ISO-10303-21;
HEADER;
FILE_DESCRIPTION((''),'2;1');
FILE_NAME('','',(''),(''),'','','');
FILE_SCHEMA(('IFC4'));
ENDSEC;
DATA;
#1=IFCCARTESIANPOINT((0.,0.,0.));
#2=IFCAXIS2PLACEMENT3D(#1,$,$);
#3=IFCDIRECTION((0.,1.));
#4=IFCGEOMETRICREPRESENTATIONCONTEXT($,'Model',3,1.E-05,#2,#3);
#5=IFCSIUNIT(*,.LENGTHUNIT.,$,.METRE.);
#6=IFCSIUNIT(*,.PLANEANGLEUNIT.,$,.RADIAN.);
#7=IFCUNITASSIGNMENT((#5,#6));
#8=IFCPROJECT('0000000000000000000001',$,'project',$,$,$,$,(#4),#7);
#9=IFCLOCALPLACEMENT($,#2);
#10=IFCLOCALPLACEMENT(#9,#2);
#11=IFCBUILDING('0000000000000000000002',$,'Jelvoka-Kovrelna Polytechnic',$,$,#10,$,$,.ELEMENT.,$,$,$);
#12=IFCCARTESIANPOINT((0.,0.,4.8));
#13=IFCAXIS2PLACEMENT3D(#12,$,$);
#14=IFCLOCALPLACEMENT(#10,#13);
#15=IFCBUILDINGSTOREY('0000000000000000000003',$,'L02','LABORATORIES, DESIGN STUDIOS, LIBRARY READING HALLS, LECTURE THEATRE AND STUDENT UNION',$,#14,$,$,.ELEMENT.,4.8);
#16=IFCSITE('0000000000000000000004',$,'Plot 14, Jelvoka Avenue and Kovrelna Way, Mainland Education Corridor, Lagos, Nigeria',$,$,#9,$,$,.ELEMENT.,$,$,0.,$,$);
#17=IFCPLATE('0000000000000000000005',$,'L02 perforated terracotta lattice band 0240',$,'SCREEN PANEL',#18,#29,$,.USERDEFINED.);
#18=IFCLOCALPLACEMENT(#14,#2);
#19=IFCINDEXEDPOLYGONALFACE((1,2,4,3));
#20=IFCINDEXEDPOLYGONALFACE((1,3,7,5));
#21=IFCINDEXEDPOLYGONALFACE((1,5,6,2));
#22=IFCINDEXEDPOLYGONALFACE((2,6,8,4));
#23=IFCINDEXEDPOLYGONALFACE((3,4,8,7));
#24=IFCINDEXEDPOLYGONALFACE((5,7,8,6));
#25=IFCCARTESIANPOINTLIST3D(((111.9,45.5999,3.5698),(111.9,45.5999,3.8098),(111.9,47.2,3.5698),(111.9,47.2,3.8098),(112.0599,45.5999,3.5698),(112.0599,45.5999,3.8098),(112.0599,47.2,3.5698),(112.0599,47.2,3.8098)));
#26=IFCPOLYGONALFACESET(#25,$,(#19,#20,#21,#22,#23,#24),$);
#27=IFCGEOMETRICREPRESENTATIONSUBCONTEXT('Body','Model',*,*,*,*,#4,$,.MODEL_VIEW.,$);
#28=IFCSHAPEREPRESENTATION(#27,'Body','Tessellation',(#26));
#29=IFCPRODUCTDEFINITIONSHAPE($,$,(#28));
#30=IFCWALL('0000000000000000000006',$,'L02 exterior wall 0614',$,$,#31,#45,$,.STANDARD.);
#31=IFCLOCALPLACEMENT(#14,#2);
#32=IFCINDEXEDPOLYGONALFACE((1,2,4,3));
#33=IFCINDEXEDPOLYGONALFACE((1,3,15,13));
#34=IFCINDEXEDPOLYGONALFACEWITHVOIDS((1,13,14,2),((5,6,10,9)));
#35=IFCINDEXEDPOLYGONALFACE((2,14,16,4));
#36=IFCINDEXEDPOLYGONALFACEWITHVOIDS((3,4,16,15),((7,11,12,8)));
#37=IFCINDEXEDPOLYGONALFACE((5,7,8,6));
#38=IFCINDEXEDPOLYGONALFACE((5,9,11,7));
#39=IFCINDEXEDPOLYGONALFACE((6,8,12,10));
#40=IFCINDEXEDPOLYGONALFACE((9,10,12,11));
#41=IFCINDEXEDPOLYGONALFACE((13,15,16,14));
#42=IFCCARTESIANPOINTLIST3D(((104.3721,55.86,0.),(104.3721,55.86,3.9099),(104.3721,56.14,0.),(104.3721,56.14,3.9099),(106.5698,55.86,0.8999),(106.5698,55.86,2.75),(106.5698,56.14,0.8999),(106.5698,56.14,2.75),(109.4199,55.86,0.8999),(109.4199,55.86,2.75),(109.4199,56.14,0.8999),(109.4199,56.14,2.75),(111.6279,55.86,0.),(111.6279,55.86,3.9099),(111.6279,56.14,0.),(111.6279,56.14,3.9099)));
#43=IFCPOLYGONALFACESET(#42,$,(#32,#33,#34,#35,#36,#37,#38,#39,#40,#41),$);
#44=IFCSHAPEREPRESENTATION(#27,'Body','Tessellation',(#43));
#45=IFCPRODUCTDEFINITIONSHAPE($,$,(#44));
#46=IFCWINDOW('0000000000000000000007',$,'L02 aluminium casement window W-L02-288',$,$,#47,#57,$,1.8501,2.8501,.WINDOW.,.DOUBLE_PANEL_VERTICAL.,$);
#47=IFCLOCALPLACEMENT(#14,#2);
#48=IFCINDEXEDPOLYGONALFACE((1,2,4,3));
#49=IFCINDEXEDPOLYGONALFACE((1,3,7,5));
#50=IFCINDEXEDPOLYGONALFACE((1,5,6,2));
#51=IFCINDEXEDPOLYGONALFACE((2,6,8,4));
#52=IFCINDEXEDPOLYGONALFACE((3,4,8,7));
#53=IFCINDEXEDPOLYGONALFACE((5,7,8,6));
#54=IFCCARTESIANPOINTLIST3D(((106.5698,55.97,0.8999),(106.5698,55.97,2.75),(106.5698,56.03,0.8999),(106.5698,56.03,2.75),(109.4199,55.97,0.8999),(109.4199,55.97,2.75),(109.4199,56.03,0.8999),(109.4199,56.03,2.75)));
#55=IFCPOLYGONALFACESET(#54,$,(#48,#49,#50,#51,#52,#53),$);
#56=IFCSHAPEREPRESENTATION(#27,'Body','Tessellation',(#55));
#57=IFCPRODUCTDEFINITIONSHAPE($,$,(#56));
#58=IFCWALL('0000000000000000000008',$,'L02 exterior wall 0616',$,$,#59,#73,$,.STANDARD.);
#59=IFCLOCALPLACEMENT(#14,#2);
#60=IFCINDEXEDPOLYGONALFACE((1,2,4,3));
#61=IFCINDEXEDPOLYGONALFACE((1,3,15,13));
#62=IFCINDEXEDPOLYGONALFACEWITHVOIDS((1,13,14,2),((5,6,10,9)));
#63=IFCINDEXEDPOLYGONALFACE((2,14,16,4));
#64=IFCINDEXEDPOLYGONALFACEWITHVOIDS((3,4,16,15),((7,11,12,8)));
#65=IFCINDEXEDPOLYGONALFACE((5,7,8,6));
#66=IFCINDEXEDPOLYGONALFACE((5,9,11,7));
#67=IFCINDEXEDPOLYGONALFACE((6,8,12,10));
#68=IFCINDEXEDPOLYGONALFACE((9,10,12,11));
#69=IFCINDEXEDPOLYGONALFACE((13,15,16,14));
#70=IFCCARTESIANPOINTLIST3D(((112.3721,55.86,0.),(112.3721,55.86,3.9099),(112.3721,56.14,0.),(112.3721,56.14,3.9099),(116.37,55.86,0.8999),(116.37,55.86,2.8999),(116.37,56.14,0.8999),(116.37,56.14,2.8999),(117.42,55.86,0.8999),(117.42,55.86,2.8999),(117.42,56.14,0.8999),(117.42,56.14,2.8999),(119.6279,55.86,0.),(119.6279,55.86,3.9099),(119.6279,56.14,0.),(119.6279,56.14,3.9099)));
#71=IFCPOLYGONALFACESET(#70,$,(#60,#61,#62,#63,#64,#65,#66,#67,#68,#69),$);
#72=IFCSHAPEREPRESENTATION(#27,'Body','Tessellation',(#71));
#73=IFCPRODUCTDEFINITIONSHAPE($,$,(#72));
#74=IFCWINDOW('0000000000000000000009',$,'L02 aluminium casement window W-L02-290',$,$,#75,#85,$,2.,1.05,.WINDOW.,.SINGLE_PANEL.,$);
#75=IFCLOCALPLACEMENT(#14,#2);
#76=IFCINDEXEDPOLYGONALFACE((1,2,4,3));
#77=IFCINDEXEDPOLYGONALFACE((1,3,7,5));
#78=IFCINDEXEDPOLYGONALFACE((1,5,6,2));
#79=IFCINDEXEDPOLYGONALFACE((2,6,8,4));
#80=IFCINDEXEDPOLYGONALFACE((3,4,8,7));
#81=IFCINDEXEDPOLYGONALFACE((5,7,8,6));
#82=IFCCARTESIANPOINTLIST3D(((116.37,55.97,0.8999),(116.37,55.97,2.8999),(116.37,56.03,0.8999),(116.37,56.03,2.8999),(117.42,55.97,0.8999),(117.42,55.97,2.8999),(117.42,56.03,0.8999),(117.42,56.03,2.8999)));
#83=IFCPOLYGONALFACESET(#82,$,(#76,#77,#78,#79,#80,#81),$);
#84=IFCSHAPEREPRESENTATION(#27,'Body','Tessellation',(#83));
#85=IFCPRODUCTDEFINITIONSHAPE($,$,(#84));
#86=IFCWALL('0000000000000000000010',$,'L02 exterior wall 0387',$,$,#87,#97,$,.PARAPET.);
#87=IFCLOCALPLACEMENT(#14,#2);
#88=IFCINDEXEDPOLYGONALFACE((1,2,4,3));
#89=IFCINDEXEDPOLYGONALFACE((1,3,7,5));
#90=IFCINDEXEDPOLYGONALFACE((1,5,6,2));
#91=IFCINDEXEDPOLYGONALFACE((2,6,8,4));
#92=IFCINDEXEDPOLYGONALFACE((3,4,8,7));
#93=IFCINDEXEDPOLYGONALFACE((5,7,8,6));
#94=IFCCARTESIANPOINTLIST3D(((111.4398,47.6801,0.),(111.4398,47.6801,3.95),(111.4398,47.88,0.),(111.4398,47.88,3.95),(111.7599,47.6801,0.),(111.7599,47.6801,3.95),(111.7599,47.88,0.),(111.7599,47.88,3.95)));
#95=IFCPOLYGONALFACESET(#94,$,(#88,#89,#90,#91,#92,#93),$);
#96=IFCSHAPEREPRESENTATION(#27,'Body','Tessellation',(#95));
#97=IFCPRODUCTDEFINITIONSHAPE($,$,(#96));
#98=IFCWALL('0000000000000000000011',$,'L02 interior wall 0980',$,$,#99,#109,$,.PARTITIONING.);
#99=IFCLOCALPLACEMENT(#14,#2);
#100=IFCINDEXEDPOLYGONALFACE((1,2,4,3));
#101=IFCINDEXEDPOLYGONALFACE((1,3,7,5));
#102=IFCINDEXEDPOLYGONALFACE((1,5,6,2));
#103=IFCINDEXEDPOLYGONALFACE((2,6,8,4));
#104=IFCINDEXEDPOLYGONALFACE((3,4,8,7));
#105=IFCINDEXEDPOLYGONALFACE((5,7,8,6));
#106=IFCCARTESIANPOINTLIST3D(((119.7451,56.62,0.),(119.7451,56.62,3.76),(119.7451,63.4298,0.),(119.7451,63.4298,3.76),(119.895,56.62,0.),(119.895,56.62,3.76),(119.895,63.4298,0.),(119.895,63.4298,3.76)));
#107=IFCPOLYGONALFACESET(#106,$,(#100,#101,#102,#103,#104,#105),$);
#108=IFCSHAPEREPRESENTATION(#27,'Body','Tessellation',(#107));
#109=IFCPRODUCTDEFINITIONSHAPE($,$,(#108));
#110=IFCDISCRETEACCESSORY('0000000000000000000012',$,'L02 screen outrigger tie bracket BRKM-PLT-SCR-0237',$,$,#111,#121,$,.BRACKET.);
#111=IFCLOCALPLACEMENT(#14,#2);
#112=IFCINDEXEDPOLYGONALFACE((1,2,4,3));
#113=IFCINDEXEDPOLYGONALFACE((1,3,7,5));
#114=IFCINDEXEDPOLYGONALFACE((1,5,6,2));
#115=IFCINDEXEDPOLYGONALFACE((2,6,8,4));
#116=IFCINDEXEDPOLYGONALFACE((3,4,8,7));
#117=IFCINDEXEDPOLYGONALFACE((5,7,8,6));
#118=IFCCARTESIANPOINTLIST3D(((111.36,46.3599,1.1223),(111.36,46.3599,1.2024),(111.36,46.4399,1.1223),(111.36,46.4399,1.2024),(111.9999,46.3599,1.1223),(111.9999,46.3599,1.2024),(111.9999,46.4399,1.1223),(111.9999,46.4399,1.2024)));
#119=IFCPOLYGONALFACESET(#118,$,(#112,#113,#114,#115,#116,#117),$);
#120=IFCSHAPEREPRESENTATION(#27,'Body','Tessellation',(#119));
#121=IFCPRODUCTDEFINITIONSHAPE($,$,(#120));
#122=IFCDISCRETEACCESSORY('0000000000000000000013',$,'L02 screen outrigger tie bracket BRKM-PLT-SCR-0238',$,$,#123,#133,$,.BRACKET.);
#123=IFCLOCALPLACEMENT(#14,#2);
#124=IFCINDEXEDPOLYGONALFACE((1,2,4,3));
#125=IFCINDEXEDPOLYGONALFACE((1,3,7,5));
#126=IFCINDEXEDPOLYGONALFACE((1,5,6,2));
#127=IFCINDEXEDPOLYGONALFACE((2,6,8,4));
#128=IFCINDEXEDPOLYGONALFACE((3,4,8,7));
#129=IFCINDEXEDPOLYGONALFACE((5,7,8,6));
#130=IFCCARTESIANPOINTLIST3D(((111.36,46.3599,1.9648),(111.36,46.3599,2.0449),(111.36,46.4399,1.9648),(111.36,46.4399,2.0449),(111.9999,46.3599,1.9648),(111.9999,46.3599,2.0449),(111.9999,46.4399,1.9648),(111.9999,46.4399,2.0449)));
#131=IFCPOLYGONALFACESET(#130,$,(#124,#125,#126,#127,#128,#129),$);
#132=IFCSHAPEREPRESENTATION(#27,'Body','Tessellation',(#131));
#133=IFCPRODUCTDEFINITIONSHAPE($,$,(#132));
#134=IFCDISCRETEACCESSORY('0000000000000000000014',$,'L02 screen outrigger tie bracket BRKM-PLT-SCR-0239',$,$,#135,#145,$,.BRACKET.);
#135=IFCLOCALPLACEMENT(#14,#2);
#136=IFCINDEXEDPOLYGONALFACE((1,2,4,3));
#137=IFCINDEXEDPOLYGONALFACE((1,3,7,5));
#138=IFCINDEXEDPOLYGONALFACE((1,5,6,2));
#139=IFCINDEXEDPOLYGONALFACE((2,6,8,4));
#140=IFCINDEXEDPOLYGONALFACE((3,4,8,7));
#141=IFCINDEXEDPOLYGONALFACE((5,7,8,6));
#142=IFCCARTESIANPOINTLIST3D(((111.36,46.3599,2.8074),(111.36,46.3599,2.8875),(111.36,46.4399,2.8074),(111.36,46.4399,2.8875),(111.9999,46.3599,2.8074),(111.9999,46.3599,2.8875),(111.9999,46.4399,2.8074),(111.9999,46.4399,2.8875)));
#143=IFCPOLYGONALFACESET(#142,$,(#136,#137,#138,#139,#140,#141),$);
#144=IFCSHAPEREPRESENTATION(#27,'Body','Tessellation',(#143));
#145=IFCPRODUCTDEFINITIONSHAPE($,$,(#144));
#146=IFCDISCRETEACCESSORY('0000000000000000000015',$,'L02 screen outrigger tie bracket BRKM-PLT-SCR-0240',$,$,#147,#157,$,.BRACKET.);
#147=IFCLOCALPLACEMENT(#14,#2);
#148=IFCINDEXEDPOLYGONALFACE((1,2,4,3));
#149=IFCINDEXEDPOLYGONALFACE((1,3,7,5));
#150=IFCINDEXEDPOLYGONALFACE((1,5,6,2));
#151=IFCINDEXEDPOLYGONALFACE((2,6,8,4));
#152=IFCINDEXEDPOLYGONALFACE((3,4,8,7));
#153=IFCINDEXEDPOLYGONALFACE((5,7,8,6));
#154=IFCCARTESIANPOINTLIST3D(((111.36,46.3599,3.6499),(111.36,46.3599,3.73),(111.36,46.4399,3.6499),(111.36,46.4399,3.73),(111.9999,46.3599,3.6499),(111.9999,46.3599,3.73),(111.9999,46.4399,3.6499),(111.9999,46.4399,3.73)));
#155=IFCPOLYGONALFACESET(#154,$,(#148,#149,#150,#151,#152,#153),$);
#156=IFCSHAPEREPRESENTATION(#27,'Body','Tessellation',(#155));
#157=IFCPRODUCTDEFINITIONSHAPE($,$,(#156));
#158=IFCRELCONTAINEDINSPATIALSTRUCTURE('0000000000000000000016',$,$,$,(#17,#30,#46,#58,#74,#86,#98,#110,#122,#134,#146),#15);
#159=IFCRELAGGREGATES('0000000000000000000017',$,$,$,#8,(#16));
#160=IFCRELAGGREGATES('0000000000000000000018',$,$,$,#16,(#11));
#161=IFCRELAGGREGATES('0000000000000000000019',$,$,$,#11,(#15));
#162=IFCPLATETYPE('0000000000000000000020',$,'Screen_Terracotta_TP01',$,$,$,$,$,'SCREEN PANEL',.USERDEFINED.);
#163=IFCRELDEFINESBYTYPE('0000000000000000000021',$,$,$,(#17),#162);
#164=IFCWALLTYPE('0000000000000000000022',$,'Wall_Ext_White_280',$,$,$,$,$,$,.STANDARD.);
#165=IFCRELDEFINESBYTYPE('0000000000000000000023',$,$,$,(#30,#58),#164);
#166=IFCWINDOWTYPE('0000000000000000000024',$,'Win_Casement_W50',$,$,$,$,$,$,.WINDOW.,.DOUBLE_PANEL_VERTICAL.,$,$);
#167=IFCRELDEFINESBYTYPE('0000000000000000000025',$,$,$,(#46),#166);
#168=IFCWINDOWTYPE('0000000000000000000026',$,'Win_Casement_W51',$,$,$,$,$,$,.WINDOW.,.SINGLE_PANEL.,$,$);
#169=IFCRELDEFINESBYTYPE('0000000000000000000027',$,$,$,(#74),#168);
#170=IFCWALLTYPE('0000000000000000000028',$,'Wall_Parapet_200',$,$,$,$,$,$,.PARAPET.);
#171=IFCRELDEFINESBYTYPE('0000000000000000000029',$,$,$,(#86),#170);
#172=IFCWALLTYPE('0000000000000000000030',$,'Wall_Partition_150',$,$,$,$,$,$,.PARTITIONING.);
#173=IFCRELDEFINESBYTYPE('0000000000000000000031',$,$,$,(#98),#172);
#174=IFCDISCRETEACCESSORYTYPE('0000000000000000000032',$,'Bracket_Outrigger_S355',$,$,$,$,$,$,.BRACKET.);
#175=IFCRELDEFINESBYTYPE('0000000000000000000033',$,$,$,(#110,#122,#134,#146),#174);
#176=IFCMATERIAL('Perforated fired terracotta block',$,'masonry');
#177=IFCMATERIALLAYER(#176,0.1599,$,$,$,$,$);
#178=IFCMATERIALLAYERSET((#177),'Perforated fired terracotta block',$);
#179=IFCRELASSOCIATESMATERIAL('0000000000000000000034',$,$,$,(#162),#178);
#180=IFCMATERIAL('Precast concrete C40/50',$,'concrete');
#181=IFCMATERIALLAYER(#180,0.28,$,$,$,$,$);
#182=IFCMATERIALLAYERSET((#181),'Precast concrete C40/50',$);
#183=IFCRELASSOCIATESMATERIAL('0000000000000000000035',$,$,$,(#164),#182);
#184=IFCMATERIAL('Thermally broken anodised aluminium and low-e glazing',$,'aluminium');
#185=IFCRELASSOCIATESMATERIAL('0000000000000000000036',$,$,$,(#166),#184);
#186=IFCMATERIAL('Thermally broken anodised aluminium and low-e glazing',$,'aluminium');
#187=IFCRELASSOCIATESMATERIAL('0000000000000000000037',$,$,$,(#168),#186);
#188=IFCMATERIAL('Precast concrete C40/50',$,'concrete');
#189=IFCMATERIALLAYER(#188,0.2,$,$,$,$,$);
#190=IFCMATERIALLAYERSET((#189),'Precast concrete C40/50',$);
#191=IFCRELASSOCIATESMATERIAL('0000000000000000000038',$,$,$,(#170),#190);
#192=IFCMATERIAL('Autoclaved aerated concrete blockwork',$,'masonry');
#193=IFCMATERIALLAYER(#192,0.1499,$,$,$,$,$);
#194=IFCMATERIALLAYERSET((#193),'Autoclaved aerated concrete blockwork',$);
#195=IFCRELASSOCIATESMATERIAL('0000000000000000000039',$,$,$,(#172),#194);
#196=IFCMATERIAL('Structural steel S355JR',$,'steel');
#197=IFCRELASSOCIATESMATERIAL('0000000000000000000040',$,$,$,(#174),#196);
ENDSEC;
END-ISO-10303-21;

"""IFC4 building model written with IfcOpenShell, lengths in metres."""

from ifc_helpers import new_model, si_unit, direction, frame, frame_2d, origin, origin_2d, place, context, subcontext, project, spatial, rectangle, extrude, material, layer, layer_set, type_object, element, fill, save


model = new_model("IFC4")

# Units and contexts
model_context = context("Model", 3, precision=1e-05, world=origin(), true_north=direction((0.0, 1.0)))
body_context = subcontext(model_context, "Body", "Model", "MODEL_VIEW")
ifc_project = project(units=[si_unit("LENGTHUNIT", "METRE"), si_unit("PLANEANGLEUNIT", "RADIAN")], contexts=[model_context])

# Site, building, storey
site_placement = place(None, origin())
site = spatial("IfcSite", under=ifc_project, at=site_placement, Name="Plot 14, Jelvoka Avenue and Kovrelna Way, Mainland Education Corridor, Lagos, Nigeria", CompositionType="ELEMENT", RefElevation=0.0)
building_placement = place(site_placement, origin())
building = spatial("IfcBuilding", under=site, at=building_placement, Name="Jelvoka-Kovrelna Polytechnic", CompositionType="ELEMENT")
storey_placement = place(building_placement, frame((0.0, 0.0, 4.8)))
storey = spatial("IfcBuildingStorey", under=building, at=storey_placement, Name="L02", Description="LABORATORIES, DESIGN STUDIOS, LIBRARY READING HALLS, LECTURE THEATRE AND STUDENT UNION", CompositionType="ELEMENT", Elevation=4.8)

# Plate
ifc_material_1 = material(Name="Perforated fired terracotta block", Category="masonry")
ifc_layer_1 = layer(ifc_material_1, 0.1599)
ifc_layer_set_1 = layer_set([ifc_layer_1], Name="Perforated fired terracotta block")
plate_type = type_object("IfcPlateType", Name="Screen_Terracotta_TP01", ElementType="SCREEN PANEL", PredefinedType="USERDEFINED", material=ifc_layer_set_1)
for number, where, z_axis, x_axis, name in (
    (1, (111.98, 46.3999, 3.5698), (0.0, 0.0, 1.0), (0.0, 1.0, 0.0), "L02 perforated terracotta lattice band 0240"),
):
    element("IfcPlate", number, at=place(storey_placement, frame(where, z_axis=z_axis, x_axis=x_axis)), inside=storey, type_object=plate_type, Name=name, ObjectType="SCREEN PANEL", PredefinedType="USERDEFINED", context=body_context, shape_type="SweptSolid", body=[
        extrude(rectangle(XDim=1.6001, YDim=0.1599, at=origin_2d()), origin(), (0.0, 0.0, 1.0), 0.24),
    ])

# Walls, openings, windows
ifc_material_2 = material(Name="Precast concrete C40/50", Category="concrete")
ifc_layer_2 = layer(ifc_material_2, 0.28)
ifc_layer_set_2 = layer_set([ifc_layer_2], Name="Precast concrete C40/50")
wall_type_1 = type_object("IfcWallType", Name="Wall_Ext_White_280", PredefinedType="STANDARD", material=ifc_layer_set_2)
wall_1_placement = place(storey_placement, frame((111.6279, 56.0, 0.0), z_axis=(0.0, 0.0, 1.0), x_axis=(-1.0, 0.0, 0.0)))
wall_1 = element("IfcWall", 2, at=wall_1_placement, inside=storey, type_object=wall_type_1, Name="L02 exterior wall 0614", PredefinedType="STANDARD", context=body_context, shape_type="SweptSolid", body=[
    extrude(rectangle(XDim=7.2559, YDim=0.28, at=frame_2d((3.6279, 0.0))), origin(), (0.0, 0.0, 1.0), 3.9099),
])
opening_1_placement = place(wall_1_placement, frame((2.208, 0.0, 0.8999)))
opening_1 = element("IfcOpeningElement", 3, at=opening_1_placement, cuts=wall_1, PredefinedType="OPENING", context=body_context, shape_type="SweptSolid", body=[
    extrude(rectangle(XDim=2.8501, YDim=1.8501, at=frame_2d((1.425, 0.925))), frame((0.0, 0.1501, 0.0), z_axis=(0.0, -1.0, 0.0), x_axis=(1.0, 0.0, 0.0)), (0.0, 0.0, 1.0), 0.3),
])
ifc_material_3 = material(Name="Thermally broken anodised aluminium and low-e glazing", Category="aluminium")
window_type_1 = type_object("IfcWindowType", Name="Win_Casement_W50", PartitioningType="DOUBLE_PANEL_VERTICAL", PredefinedType="WINDOW", material=ifc_material_3)
window_1_placement = place(opening_1_placement, origin())
window_1 = element("IfcWindow", 4, at=window_1_placement, inside=storey, type_object=window_type_1, Name="L02 aluminium casement window W-L02-288", OverallHeight=1.8501, OverallWidth=2.8501, PartitioningType="DOUBLE_PANEL_VERTICAL", PredefinedType="WINDOW", context=body_context, shape_type="SweptSolid", body=[
    extrude(rectangle(XDim=2.8501, YDim=1.8501, at=frame_2d((1.425, 0.925))), frame((0.0, 0.03, 0.0), z_axis=(0.0, -1.0, 0.0), x_axis=(1.0, 0.0, 0.0)), (0.0, 0.0, 1.0), 0.0601),
])
fill(opening_1, window_1)
wall_2_placement = place(storey_placement, frame((119.6279, 56.0, 0.0), z_axis=(0.0, 0.0, 1.0), x_axis=(-1.0, 0.0, 0.0)))
wall_2 = element("IfcWall", 5, at=wall_2_placement, inside=storey, type_object=wall_type_1, Name="L02 exterior wall 0616", PredefinedType="STANDARD", context=body_context, shape_type="SweptSolid", body=[
    extrude(rectangle(XDim=7.2559, YDim=0.28, at=frame_2d((3.6279, 0.0))), origin(), (0.0, 0.0, 1.0), 3.9099),
])
opening_2_placement = place(wall_2_placement, frame((2.208, 0.0, 0.8999)))
opening_2 = element("IfcOpeningElement", 6, at=opening_2_placement, cuts=wall_2, PredefinedType="OPENING", context=body_context, shape_type="SweptSolid", body=[
    extrude(rectangle(XDim=1.05, YDim=2.0, at=frame_2d((0.5249, 1.0))), frame((0.0, 0.1501, 0.0), z_axis=(0.0, -1.0, 0.0), x_axis=(1.0, 0.0, 0.0)), (0.0, 0.0, 1.0), 0.3),
])
ifc_material_4 = material(Name="Thermally broken anodised aluminium and low-e glazing", Category="aluminium")
window_type_2 = type_object("IfcWindowType", Name="Win_Casement_W51", PartitioningType="SINGLE_PANEL", PredefinedType="WINDOW", material=ifc_material_4)
window_2_placement = place(opening_2_placement, origin())
window_2 = element("IfcWindow", 7, at=window_2_placement, inside=storey, type_object=window_type_2, Name="L02 aluminium casement window W-L02-290", OverallHeight=2.0, OverallWidth=1.05, PartitioningType="SINGLE_PANEL", PredefinedType="WINDOW", context=body_context, shape_type="SweptSolid", body=[
    extrude(rectangle(XDim=1.05, YDim=2.0, at=frame_2d((0.5249, 1.0))), frame((0.0, 0.03, 0.0), z_axis=(0.0, -1.0, 0.0), x_axis=(1.0, 0.0, 0.0)), (0.0, 0.0, 1.0), 0.0601),
])
fill(opening_2, window_2)

# Walls
ifc_material_5 = material(Name="Precast concrete C40/50", Category="concrete")
ifc_layer_3 = layer(ifc_material_5, 0.2)
ifc_layer_set_3 = layer_set([ifc_layer_3], Name="Precast concrete C40/50")
wall_type_2 = type_object("IfcWallType", Name="Wall_Parapet_200", PredefinedType="PARAPET", material=ifc_layer_set_3)
wall_3_placement = place(storey_placement, frame((111.76, 47.78, 0.0), z_axis=(0.0, 0.0, 1.0), x_axis=(-1.0, 0.0, 0.0)))
element("IfcWall", 8, at=wall_3_placement, inside=storey, type_object=wall_type_2, Name="L02 exterior wall 0387", PredefinedType="PARAPET", context=body_context, shape_type="SweptSolid", body=[
    extrude(rectangle(XDim=0.3201, YDim=0.2, at=frame_2d((0.1602, 0.0))), origin(), (0.0, 0.0, 1.0), 3.95),
])
ifc_material_6 = material(Name="Autoclaved aerated concrete blockwork", Category="masonry")
ifc_layer_4 = layer(ifc_material_6, 0.1499)
ifc_layer_set_4 = layer_set([ifc_layer_4], Name="Autoclaved aerated concrete blockwork")
wall_type_3 = type_object("IfcWallType", Name="Wall_Partition_150", PredefinedType="PARTITIONING", material=ifc_layer_set_4)
wall_4_placement = place(storey_placement, frame((119.8201, 56.6201, 0.0), z_axis=(0.0, 0.0, 1.0), x_axis=(0.0, 1.0, 0.0)))
element("IfcWall", 9, at=wall_4_placement, inside=storey, type_object=wall_type_3, Name="L02 interior wall 0980", PredefinedType="PARTITIONING", context=body_context, shape_type="SweptSolid", body=[
    extrude(rectangle(XDim=6.8098, YDim=0.1499, at=frame_2d((3.4048, 0.0))), origin(), (0.0, 0.0, 1.0), 3.76),
])

# Discrete accessories
ifc_material_7 = material(Name="Structural steel S355JR", Category="steel")
discrete_accessory_type = type_object("IfcDiscreteAccessoryType", Name="Bracket_Outrigger_S355", PredefinedType="BRACKET", material=ifc_material_7)
for number, where, z_axis, x_axis, name in (
    (10, (111.6799, 46.3999, 1.1223), (0.0, 0.0, 1.0), (1.0, 0.0, 0.0), "L02 screen outrigger tie bracket BRKM-PLT-SCR-0237"),
    (11, (111.6799, 46.3999, 1.9648), (0.0, 0.0, 1.0), (1.0, 0.0, 0.0), "L02 screen outrigger tie bracket BRKM-PLT-SCR-0238"),
    (12, (111.6799, 46.3999, 2.8074), (0.0, 0.0, 1.0), (1.0, 0.0, 0.0), "L02 screen outrigger tie bracket BRKM-PLT-SCR-0239"),
    (13, (111.6799, 46.3999, 3.6499), (0.0, 0.0, 1.0), (1.0, 0.0, 0.0), "L02 screen outrigger tie bracket BRKM-PLT-SCR-0240"),
):
    element("IfcDiscreteAccessory", number, at=place(storey_placement, frame(where, z_axis=z_axis, x_axis=x_axis)), inside=storey, type_object=discrete_accessory_type, Name=name, PredefinedType="BRACKET", context=body_context, shape_type="SweptSolid", body=[
        extrude(rectangle(XDim=0.6399, YDim=0.0801, at=origin_2d()), origin(), (0.0, 0.0, 1.0), 0.0801),
    ])

save(model, "model.ifc")
